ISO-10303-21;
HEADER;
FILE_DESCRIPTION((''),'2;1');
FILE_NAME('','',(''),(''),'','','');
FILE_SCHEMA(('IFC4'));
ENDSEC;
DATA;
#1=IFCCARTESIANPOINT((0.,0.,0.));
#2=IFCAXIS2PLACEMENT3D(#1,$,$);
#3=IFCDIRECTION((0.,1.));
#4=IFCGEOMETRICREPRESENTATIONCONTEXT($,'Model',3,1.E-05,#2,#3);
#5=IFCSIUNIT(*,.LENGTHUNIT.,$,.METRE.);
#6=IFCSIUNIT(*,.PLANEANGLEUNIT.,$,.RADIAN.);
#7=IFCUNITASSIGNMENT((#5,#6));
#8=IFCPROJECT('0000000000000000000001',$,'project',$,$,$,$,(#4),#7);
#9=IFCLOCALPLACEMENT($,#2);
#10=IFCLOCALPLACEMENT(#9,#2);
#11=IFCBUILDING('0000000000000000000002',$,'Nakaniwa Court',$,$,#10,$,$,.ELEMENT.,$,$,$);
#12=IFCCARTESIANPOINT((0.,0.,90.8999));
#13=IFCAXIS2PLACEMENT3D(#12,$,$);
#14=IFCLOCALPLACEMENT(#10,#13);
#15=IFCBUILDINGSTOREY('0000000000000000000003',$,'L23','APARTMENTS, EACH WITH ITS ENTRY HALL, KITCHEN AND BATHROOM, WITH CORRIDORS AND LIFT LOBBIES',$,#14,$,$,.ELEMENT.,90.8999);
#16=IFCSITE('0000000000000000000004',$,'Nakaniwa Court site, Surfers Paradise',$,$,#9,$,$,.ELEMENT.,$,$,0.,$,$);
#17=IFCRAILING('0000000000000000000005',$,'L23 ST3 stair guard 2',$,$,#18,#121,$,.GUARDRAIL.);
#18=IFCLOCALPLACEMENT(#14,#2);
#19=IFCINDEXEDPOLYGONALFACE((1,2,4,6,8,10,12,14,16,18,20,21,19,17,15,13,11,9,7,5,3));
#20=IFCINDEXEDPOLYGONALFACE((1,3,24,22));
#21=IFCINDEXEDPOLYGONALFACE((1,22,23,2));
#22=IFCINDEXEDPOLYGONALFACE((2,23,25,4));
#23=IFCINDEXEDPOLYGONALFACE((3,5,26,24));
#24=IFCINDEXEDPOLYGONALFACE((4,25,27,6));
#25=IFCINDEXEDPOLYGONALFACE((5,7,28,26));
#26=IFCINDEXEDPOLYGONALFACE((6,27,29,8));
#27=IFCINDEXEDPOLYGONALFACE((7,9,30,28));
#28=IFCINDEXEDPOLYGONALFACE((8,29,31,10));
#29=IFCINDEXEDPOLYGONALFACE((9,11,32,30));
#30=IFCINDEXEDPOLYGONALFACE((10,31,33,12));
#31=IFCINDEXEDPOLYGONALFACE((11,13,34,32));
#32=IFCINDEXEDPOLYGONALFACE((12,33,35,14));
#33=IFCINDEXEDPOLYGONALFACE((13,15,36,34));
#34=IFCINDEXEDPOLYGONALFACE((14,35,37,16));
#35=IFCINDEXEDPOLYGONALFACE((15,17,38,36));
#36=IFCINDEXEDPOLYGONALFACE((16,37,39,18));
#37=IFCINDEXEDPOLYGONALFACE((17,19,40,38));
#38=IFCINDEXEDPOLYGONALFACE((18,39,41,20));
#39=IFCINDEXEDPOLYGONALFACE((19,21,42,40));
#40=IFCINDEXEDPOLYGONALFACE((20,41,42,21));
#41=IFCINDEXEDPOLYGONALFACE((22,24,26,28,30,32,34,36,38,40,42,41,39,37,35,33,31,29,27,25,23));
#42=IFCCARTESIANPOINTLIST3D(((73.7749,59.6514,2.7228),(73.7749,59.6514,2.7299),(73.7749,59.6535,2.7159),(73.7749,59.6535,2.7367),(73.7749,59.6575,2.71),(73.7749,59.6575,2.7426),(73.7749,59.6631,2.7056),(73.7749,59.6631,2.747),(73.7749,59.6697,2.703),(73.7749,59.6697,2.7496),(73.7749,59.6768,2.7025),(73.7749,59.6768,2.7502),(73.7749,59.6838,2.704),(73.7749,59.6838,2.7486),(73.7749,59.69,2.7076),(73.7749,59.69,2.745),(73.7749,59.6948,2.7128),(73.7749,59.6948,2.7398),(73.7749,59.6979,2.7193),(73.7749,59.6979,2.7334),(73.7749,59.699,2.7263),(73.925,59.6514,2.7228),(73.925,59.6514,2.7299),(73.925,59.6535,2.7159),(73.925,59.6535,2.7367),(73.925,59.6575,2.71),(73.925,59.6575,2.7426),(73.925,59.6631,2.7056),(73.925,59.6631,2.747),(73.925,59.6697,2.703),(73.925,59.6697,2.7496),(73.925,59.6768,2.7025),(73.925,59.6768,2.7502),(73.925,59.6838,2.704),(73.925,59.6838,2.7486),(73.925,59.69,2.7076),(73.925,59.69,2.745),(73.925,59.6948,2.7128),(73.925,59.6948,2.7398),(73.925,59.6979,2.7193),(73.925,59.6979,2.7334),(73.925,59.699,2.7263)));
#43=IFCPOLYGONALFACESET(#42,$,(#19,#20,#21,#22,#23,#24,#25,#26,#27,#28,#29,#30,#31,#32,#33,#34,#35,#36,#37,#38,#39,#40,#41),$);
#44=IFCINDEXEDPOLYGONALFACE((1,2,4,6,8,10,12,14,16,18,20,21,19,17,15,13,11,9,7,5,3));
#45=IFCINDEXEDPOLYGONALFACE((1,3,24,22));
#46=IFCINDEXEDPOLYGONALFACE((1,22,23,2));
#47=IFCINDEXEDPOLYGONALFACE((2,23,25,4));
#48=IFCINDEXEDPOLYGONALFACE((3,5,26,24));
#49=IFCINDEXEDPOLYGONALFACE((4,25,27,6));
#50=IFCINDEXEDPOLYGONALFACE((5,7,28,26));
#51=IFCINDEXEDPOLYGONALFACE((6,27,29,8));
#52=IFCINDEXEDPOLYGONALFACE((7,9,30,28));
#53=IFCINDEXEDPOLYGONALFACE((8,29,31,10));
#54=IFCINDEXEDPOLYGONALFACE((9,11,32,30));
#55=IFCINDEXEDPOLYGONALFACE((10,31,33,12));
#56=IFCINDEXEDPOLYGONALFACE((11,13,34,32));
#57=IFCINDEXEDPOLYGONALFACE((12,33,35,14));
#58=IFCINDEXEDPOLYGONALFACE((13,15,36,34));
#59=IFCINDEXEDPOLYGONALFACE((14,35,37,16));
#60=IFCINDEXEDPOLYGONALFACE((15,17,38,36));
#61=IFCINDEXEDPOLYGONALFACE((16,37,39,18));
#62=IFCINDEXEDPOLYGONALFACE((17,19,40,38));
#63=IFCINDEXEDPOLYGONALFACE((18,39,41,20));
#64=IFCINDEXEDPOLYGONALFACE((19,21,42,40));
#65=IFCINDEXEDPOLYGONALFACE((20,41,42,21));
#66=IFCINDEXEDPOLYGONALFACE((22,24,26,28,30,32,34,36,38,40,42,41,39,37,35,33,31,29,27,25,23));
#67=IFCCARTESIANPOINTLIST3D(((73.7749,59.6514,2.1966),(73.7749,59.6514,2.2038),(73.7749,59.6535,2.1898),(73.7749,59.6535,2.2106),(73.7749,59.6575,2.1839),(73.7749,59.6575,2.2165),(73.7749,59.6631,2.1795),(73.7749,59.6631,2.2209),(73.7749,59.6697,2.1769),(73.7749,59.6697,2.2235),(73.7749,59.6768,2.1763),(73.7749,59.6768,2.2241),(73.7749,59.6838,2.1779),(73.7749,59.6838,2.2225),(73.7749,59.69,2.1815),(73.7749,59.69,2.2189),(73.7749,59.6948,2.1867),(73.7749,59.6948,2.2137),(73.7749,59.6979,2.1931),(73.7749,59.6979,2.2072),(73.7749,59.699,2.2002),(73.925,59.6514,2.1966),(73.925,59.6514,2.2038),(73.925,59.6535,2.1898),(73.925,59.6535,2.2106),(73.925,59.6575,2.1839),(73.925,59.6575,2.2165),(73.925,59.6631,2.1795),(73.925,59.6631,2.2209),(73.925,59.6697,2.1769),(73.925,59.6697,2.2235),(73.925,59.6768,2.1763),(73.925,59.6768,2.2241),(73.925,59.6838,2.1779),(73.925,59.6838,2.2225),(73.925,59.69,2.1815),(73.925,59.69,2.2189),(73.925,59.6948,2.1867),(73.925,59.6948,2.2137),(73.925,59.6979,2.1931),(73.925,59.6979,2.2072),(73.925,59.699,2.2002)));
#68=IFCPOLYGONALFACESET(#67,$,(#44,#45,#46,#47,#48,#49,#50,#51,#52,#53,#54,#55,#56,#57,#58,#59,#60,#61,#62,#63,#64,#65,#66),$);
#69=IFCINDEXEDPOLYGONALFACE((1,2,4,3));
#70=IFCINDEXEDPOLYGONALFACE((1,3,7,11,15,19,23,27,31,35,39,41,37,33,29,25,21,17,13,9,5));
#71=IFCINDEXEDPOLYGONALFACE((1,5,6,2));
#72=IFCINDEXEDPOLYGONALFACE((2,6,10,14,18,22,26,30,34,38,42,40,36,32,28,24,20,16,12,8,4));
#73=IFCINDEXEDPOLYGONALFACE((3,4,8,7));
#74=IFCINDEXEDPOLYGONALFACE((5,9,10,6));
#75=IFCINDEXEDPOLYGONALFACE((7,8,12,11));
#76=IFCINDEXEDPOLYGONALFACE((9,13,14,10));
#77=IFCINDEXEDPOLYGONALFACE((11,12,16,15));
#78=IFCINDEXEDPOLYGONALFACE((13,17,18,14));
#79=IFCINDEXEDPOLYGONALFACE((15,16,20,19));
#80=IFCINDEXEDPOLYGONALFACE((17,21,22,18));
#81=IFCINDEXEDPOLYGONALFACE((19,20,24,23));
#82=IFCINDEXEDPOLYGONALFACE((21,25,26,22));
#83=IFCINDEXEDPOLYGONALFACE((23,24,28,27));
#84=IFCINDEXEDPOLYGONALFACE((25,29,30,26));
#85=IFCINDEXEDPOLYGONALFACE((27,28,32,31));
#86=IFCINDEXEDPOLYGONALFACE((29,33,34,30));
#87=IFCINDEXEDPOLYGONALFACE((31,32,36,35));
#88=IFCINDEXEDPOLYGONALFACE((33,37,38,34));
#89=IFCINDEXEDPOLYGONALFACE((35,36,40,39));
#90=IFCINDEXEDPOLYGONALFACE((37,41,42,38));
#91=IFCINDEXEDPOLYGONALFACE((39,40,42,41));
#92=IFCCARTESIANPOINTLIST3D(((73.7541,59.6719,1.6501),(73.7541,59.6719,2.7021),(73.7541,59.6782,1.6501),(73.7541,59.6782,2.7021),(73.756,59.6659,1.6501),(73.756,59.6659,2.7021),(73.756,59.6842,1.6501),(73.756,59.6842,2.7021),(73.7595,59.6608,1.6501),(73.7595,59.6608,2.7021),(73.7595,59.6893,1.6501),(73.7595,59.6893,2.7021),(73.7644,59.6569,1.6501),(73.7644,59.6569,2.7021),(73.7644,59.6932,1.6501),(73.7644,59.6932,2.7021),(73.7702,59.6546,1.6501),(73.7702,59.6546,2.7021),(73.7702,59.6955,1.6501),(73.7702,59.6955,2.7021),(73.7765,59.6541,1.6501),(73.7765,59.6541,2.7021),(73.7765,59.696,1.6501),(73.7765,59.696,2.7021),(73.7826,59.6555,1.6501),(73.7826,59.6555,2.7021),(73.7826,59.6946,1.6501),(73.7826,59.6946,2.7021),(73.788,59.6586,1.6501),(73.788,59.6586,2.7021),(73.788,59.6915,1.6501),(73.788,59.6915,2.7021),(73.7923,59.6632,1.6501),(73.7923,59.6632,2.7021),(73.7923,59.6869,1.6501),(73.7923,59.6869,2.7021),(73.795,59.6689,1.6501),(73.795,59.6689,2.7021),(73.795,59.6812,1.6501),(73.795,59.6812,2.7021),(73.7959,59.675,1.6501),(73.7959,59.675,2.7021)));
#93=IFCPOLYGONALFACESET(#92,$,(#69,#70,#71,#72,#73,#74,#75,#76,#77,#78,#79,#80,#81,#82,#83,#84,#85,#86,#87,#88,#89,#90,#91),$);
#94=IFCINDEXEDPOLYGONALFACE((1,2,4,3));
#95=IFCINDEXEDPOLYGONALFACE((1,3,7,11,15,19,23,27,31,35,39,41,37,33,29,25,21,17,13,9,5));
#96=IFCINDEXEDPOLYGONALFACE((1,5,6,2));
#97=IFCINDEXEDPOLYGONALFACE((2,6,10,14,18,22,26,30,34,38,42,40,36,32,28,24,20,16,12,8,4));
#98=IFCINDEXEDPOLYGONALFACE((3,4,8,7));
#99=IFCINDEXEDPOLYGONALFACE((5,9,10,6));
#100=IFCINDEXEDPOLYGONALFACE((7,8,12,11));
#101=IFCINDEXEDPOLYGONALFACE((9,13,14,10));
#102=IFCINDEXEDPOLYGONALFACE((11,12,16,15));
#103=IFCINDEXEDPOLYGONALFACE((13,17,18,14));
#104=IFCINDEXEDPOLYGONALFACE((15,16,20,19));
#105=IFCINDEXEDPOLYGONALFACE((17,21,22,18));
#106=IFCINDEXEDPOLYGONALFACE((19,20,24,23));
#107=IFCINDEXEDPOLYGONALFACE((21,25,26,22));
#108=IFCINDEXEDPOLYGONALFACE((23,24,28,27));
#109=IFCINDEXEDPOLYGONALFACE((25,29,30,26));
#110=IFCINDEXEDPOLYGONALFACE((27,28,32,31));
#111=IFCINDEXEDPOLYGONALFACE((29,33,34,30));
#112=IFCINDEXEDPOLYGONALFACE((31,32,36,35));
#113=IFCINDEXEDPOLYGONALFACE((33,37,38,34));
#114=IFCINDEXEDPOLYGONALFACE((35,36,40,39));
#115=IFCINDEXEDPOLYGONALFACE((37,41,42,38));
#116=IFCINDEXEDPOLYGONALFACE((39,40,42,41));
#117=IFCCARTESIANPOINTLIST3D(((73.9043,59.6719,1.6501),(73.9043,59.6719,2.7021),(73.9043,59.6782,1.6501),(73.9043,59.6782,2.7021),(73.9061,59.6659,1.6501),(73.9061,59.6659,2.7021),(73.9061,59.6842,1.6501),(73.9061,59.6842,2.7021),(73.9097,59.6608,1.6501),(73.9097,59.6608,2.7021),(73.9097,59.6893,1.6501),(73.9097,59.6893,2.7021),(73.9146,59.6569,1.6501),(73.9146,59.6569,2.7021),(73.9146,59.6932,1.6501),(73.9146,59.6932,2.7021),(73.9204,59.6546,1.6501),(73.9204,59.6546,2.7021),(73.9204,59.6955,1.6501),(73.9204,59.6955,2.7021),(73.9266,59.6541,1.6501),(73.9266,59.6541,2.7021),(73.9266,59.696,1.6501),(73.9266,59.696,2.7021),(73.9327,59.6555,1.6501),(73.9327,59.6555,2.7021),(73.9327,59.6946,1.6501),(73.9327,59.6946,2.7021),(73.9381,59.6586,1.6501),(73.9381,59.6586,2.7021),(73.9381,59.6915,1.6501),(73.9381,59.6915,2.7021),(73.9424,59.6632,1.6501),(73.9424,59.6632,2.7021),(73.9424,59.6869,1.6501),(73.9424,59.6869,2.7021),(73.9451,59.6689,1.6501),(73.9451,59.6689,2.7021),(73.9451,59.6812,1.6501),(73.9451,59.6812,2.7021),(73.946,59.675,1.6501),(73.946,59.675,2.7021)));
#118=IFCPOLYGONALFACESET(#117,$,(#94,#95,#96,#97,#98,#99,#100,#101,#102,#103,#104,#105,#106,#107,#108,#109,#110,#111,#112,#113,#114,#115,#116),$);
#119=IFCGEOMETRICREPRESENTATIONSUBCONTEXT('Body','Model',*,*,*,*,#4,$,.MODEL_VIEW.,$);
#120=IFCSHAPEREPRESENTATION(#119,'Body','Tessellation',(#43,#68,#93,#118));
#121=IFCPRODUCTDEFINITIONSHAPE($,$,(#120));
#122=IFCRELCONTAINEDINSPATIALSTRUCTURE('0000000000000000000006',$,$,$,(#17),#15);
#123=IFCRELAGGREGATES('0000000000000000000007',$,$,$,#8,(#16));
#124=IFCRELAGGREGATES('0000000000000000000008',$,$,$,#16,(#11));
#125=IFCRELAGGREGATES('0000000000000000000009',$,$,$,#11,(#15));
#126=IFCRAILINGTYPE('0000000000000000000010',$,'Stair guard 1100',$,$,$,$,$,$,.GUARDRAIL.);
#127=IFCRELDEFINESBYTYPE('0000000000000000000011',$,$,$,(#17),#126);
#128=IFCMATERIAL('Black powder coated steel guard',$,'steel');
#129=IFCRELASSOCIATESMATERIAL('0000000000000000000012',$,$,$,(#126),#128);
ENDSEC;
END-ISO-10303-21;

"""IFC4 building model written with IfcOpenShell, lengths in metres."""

from ifc_helpers import new_model, si_unit, direction, frame, origin, origin_2d, place, context, subcontext, project, spatial, circle, extrude, material, type_object, element, save


model = new_model("IFC4")

# Units and contexts
model_context = context("Model", 3, precision=1e-05, world=origin(), true_north=direction((0.0, 1.0)))
body_context = subcontext(model_context, "Body", "Model", "MODEL_VIEW")
ifc_project = project(units=[si_unit("LENGTHUNIT", "METRE"), si_unit("PLANEANGLEUNIT", "RADIAN")], contexts=[model_context])

# Site, building, storey
site_placement = place(None, origin())
site = spatial("IfcSite", under=ifc_project, at=site_placement, Name="Nakaniwa Court site, Surfers Paradise", CompositionType="ELEMENT", RefElevation=0.0)
building_placement = place(site_placement, origin())
building = spatial("IfcBuilding", under=site, at=building_placement, Name="Nakaniwa Court", CompositionType="ELEMENT")
storey_placement = place(building_placement, frame((0.0, 0.0, 90.8999)))
storey = spatial("IfcBuildingStorey", under=building, at=storey_placement, Name="L23", Description="APARTMENTS, EACH WITH ITS ENTRY HALL, KITCHEN AND BATHROOM, WITH CORRIDORS AND LIFT LOBBIES", CompositionType="ELEMENT", Elevation=90.8999)

# Railing
ifc_material_1 = material(Name="Black powder coated steel guard", Category="steel")
railing_type_1 = type_object("IfcRailingType", Name="Stair guard 1100", PredefinedType="GUARDRAIL", material=ifc_material_1)
railing_1_placement = place(storey_placement, frame((73.7749, 59.675, 1.6501)))
element("IfcRailing", 1, at=railing_1_placement, inside=storey, type_object=railing_type_1, Name="L23 ST3 stair guard 2", PredefinedType="GUARDRAIL", context=body_context, shape_type="SweptSolid", body=[
    extrude(circle(Radius=0.0239, at=origin_2d()), frame((0.0, 0.0, 1.0762), z_axis=(1.0, 0.0, 0.0), x_axis=(0.0, 1.0, 0.0)), (0.0, 0.0, 1.0), 0.1501),
    extrude(circle(Radius=0.0239, at=origin_2d()), frame((0.0, 0.0, 0.55), z_axis=(1.0, 0.0, 0.0), x_axis=(0.0, 1.0, 0.0)), (0.0, 0.0, 1.0), 0.1501),
    extrude(circle(Radius=0.021, at=origin_2d()), origin(), (0.0, 0.0, 1.0), 1.052),
    extrude(circle(Radius=0.021, at=origin_2d()), frame((0.1501, 0.0, 0.0)), (0.0, 0.0, 1.0), 1.052),
])

save(model, "model.ifc")
